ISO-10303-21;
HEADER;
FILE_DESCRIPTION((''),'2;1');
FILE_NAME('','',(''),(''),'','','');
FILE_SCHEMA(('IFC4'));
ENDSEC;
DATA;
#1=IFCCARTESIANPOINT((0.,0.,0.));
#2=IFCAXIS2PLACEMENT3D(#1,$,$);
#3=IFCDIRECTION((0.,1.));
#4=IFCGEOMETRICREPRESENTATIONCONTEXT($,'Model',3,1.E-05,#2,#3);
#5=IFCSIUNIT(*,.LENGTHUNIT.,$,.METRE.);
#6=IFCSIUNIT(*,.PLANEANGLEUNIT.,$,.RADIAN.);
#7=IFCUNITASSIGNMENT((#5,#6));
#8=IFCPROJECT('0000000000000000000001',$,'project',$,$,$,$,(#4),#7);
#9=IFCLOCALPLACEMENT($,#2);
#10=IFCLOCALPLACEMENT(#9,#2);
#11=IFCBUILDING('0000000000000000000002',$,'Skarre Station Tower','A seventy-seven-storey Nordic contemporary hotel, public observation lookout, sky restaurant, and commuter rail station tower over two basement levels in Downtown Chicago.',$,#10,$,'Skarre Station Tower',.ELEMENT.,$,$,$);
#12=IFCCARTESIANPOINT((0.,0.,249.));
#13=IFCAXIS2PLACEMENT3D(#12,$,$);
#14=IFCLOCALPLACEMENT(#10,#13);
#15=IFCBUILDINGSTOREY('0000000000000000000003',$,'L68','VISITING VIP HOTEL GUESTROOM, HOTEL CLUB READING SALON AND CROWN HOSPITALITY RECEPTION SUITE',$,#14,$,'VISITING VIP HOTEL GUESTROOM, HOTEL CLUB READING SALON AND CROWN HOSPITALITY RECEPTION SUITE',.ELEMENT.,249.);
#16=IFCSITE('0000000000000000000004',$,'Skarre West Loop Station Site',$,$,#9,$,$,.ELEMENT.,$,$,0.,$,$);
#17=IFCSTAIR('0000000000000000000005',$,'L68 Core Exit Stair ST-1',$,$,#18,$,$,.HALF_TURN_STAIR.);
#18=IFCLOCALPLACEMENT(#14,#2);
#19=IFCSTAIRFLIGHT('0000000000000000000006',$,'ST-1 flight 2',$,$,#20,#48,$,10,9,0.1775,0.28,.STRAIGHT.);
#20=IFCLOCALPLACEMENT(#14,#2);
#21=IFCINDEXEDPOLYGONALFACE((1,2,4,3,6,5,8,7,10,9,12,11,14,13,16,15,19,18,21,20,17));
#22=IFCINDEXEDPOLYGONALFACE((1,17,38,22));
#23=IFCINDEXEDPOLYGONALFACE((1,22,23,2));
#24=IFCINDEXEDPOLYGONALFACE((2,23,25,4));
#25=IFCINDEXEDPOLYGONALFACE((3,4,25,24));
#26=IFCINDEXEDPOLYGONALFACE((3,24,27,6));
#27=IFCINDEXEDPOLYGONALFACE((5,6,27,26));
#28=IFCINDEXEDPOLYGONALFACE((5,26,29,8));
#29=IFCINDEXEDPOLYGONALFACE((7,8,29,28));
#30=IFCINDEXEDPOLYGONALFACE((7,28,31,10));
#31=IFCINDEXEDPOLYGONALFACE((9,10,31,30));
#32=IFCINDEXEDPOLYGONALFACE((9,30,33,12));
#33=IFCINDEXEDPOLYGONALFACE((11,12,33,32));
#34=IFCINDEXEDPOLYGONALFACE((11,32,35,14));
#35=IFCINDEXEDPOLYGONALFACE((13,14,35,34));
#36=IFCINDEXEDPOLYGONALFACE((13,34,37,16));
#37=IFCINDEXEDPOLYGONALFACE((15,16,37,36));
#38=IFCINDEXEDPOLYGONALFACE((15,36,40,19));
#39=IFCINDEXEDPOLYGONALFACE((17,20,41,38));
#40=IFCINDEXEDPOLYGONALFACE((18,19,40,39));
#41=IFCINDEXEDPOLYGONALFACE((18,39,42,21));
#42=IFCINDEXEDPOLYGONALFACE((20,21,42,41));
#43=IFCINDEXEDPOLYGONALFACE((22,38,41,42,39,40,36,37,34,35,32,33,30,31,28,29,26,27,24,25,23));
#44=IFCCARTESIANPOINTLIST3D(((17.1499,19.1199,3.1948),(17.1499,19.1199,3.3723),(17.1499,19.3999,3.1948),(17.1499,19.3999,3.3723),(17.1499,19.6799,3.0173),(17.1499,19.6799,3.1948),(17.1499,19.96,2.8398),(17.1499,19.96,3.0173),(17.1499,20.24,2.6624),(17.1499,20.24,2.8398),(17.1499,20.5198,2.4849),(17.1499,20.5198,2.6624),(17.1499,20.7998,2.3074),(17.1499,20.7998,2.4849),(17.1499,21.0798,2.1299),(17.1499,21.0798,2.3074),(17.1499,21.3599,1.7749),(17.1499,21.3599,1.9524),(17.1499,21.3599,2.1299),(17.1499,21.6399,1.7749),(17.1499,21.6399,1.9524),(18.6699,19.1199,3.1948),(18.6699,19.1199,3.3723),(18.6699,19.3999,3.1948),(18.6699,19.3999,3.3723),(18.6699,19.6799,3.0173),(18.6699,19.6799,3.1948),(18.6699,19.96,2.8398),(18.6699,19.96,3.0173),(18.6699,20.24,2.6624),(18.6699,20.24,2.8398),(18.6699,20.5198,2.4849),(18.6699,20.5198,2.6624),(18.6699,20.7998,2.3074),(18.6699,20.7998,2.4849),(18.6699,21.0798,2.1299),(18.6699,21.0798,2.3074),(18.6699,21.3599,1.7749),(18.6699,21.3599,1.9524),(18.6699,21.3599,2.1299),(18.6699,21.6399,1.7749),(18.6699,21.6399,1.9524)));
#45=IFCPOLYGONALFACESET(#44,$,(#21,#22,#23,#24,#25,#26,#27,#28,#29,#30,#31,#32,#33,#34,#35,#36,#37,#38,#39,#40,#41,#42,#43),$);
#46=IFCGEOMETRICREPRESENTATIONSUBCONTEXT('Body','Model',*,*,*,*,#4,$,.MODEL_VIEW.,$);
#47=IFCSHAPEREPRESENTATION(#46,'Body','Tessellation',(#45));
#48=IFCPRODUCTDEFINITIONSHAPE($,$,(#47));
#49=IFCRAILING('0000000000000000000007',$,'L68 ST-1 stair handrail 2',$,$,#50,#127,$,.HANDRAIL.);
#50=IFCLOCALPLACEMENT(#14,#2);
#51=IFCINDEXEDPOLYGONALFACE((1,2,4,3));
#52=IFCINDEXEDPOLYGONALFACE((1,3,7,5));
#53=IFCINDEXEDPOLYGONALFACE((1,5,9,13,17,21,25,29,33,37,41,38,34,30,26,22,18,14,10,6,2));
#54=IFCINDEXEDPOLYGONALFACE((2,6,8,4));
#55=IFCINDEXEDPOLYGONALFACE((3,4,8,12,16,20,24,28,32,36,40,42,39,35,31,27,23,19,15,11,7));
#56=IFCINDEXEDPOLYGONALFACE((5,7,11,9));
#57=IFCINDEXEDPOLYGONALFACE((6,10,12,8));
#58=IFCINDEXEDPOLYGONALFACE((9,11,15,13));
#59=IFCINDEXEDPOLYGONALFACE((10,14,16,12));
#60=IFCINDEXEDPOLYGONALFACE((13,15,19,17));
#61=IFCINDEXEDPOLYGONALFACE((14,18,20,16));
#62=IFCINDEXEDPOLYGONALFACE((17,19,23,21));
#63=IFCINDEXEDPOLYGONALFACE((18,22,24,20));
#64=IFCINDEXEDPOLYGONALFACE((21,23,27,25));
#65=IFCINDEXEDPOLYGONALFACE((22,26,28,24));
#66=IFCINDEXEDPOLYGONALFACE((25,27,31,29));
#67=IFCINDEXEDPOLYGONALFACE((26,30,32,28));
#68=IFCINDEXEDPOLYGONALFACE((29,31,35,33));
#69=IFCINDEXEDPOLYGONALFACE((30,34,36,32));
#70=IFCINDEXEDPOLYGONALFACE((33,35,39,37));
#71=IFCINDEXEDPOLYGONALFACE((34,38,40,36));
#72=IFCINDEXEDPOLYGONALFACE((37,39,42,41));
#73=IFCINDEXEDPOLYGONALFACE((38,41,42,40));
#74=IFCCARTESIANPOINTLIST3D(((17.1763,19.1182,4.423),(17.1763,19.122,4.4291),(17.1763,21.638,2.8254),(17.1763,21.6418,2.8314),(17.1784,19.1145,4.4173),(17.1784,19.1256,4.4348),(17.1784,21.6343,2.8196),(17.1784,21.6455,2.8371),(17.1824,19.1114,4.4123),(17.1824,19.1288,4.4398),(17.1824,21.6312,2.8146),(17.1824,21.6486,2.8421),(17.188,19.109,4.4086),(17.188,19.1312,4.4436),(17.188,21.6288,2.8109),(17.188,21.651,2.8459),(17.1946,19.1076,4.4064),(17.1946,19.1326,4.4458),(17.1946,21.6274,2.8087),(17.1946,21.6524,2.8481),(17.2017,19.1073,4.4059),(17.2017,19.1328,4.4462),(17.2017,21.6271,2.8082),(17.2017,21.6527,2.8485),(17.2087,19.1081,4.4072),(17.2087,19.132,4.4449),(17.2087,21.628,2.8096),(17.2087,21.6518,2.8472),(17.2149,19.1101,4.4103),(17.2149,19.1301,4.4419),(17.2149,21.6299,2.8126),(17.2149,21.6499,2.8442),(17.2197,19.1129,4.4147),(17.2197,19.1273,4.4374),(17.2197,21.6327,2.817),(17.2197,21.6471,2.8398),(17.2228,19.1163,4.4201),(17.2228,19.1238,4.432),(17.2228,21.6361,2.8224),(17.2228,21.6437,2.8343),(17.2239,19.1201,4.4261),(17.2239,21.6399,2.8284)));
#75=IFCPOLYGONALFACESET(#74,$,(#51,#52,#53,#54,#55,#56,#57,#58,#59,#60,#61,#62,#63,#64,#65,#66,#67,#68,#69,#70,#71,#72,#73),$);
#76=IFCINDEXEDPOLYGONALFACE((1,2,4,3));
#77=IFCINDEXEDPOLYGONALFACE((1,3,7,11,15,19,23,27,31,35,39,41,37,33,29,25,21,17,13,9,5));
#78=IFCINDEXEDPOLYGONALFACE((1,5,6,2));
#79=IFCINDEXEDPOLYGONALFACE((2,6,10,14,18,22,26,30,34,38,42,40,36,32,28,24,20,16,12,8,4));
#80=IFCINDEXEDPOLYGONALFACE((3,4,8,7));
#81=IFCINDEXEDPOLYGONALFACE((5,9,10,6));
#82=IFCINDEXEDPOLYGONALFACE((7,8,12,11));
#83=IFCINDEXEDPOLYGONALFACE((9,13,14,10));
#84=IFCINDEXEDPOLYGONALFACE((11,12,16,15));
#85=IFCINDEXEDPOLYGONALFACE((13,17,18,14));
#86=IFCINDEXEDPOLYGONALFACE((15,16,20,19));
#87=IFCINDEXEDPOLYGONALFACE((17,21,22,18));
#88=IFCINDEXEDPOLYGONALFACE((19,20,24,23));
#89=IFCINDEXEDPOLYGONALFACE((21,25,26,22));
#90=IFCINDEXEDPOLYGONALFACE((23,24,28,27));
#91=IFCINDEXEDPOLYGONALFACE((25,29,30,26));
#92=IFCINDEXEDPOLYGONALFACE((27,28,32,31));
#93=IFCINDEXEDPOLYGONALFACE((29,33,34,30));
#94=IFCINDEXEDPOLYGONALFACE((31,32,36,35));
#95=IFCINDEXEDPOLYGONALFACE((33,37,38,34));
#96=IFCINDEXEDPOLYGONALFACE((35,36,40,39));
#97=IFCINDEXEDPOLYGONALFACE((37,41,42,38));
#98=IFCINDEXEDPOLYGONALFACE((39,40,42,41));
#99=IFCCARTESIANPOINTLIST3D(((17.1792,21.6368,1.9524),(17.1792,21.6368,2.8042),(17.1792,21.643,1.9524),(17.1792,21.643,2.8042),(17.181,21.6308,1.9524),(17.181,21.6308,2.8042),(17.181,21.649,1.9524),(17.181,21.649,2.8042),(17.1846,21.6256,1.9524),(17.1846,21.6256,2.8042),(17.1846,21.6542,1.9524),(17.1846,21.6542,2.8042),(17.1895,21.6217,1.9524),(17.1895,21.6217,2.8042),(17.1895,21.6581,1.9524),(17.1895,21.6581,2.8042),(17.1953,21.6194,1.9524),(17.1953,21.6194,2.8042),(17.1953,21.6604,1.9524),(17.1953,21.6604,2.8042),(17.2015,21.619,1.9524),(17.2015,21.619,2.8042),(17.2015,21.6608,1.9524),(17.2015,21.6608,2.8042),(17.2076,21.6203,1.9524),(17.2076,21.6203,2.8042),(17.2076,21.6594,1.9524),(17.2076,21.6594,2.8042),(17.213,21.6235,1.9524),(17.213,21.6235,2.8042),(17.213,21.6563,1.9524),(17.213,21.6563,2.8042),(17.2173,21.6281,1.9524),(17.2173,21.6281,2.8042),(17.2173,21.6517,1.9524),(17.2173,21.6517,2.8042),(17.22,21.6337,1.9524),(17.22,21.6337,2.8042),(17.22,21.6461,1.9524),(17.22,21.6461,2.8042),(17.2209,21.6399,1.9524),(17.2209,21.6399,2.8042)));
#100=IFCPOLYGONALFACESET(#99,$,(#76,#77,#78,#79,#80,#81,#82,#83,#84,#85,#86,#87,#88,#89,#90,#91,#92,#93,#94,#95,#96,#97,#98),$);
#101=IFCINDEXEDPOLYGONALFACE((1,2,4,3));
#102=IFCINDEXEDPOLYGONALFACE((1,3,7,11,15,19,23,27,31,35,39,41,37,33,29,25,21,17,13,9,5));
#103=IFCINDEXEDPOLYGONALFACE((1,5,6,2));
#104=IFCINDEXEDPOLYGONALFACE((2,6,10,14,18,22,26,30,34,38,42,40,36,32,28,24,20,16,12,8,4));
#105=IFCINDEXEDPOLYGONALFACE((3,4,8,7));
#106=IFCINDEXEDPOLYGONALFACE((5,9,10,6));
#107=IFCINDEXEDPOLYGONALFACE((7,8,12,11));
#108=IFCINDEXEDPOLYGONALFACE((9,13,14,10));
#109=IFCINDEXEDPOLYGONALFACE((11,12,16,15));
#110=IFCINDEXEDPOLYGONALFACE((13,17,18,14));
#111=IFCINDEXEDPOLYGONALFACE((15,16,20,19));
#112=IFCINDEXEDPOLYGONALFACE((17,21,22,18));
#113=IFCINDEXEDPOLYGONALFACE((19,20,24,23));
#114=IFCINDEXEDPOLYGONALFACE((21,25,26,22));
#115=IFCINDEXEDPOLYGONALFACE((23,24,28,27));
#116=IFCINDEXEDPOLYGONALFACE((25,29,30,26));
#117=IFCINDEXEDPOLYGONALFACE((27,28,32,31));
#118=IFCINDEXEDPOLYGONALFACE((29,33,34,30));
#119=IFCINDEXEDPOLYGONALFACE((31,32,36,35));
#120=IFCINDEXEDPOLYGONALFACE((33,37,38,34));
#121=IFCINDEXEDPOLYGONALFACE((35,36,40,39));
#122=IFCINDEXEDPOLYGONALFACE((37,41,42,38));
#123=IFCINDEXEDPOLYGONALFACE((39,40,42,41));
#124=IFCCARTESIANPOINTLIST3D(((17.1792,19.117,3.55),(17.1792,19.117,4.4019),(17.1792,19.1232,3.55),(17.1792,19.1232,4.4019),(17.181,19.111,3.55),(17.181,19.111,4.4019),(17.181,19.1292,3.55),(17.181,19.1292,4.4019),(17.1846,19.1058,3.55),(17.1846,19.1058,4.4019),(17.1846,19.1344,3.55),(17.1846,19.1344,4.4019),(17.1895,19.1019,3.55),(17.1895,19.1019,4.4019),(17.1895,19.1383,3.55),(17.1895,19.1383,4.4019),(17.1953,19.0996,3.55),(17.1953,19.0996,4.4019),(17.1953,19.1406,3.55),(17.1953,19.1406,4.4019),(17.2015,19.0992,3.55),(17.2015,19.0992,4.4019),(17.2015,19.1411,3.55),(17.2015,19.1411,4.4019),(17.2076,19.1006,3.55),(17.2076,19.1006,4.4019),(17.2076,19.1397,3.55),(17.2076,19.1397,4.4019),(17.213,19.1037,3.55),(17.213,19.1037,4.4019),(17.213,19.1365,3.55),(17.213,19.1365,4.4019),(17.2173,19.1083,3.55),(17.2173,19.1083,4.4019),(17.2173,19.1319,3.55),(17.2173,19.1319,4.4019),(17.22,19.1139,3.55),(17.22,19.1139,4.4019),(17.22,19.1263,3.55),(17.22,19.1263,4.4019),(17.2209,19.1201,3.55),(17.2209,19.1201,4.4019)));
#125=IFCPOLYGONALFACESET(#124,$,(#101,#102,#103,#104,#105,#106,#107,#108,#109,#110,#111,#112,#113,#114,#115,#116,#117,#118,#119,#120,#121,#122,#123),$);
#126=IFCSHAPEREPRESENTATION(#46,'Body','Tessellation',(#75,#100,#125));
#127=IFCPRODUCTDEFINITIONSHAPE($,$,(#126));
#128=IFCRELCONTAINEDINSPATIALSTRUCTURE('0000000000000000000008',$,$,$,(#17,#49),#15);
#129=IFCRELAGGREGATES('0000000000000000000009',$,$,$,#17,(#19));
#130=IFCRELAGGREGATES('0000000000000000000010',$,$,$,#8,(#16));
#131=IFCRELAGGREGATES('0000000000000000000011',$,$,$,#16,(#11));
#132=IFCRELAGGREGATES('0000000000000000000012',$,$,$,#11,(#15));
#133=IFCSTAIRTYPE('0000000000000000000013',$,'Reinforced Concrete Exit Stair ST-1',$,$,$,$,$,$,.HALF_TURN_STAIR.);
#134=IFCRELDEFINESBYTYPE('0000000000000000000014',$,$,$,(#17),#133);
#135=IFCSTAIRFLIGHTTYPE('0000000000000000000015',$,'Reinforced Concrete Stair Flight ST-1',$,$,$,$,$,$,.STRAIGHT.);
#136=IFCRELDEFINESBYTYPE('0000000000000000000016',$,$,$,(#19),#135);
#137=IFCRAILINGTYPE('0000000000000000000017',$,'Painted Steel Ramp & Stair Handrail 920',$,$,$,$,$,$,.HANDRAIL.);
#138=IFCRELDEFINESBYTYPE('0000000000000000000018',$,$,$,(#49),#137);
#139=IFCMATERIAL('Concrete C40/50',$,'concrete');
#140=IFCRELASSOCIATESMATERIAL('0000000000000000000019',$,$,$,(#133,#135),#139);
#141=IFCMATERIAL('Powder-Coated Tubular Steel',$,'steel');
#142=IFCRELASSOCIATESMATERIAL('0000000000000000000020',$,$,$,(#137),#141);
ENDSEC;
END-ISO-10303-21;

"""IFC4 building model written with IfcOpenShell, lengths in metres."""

from ifc_helpers import new_model, si_unit, direction, frame, origin, origin_2d, place, context, subcontext, project, spatial, polyline, circle, outline, extrude, material, type_object, element, aggregate, save


model = new_model("IFC4")

# Units and contexts
model_context = context("Model", 3, precision=1e-05, world=origin(), true_north=direction((0.0, 1.0)))
body_context = subcontext(model_context, "Body", "Model", "MODEL_VIEW")
ifc_project = project(units=[si_unit("LENGTHUNIT", "METRE"), si_unit("PLANEANGLEUNIT", "RADIAN")], contexts=[model_context])

# Site, building, storey
site_placement = place(None, origin())
site = spatial("IfcSite", under=ifc_project, at=site_placement, Name="Skarre West Loop Station Site", CompositionType="ELEMENT", RefElevation=0.0)
building_placement = place(site_placement, origin())
building = spatial("IfcBuilding", under=site, at=building_placement, Name="Skarre Station Tower", Description="A seventy-seven-storey Nordic contemporary hotel, public observation lookout, sky restaurant, and commuter rail station tower over two basement levels in Downtown Chicago.", LongName="Skarre Station Tower", CompositionType="ELEMENT")
storey_placement = place(building_placement, frame((0.0, 0.0, 249.0)))
storey = spatial("IfcBuildingStorey", under=building, at=storey_placement, Name="L68", Description="VISITING VIP HOTEL GUESTROOM, HOTEL CLUB READING SALON AND CROWN HOSPITALITY RECEPTION SUITE", LongName="VISITING VIP HOTEL GUESTROOM, HOTEL CLUB READING SALON AND CROWN HOSPITALITY RECEPTION SUITE", CompositionType="ELEMENT", Elevation=249.0)

# Stair, stair flight
ifc_material_1 = material(Name="Concrete C40/50", Category="concrete")
stair_type = type_object("IfcStairType", Name="Reinforced Concrete Exit Stair ST-1", PredefinedType="HALF_TURN_STAIR", material=ifc_material_1)
stair_placement = place(storey_placement, origin())
stair = element("IfcStair", 1, at=stair_placement, inside=storey, type_object=stair_type, Name="L68 Core Exit Stair ST-1", PredefinedType="HALF_TURN_STAIR")
stair_flight_type = type_object("IfcStairFlightType", Name="Reinforced Concrete Stair Flight ST-1", PredefinedType="STRAIGHT", material=ifc_material_1)
stair_flight_placement = place(storey_placement, frame((17.9099, 21.6399, 1.7749), z_axis=(0.0, 0.0, 1.0), x_axis=(0.0, -1.0, 0.0)))
stair_flight = element("IfcStairFlight", 2, at=stair_flight_placement, type_object=stair_flight_type, Name="ST-1 flight 2", NumberOfRisers=10, NumberOfTreads=9, PredefinedType="STRAIGHT", RiserHeight=0.1775, TreadLength=0.28, context=body_context, shape_type="SweptSolid", body=[
    extrude(outline(polyline([(0.0, 0.0), (0.0, 0.1775), (0.28, 0.1775), (0.28, 0.355), (0.5601, 0.355), (0.5601, 0.5325), (0.8401, 0.5325), (0.8401, 0.71), (1.1201, 0.71), (1.1201, 0.8875), (1.3999, 0.8875), (1.3999, 1.0649), (1.6799, 1.0649), (1.6799, 1.2424), (1.96, 1.2424), (1.96, 1.4199), (2.24, 1.4199), (2.24, 1.5974), (2.52, 1.5974), (2.52, 1.7749), (2.52, 1.4199), (0.28, 0.0), (0.0, 0.0)])), frame((0.0, 0.76, 0.0), z_axis=(0.0, -1.0, 0.0), x_axis=(1.0, 0.0, 0.0)), (0.0, 0.0, 1.0), 1.52),
])
aggregate(stair, [stair_flight])

# Railing
ifc_material_2 = material(Name="Powder-Coated Tubular Steel", Category="steel")
railing_type_1 = type_object("IfcRailingType", Name="Painted Steel Ramp & Stair Handrail 920", PredefinedType="HANDRAIL", material=ifc_material_2)
railing_1_placement = place(storey_placement, frame((17.2, 21.6399, 1.9524)))
element("IfcRailing", 3, at=railing_1_placement, inside=storey, type_object=railing_type_1, Name="L68 ST-1 stair handrail 2", PredefinedType="HANDRAIL", context=body_context, shape_type="SweptSolid", body=[
    extrude(circle(Radius=0.0239, at=origin_2d()), frame((0.0, 0.0, 0.876), z_axis=(0.0, -0.844546, 0.535482), x_axis=(1.0, 0.0, 0.0)), (0.0, 0.0, 1.0), 2.9836),
    extrude(circle(Radius=0.021, at=origin_2d()), origin(), (0.0, 0.0, 1.0), 0.8518),
    extrude(circle(Radius=0.021, at=origin_2d()), frame((0.0, -2.5198, 1.5977)), (0.0, 0.0, 1.0), 0.8518),
])

save(model, "model.ifc")
